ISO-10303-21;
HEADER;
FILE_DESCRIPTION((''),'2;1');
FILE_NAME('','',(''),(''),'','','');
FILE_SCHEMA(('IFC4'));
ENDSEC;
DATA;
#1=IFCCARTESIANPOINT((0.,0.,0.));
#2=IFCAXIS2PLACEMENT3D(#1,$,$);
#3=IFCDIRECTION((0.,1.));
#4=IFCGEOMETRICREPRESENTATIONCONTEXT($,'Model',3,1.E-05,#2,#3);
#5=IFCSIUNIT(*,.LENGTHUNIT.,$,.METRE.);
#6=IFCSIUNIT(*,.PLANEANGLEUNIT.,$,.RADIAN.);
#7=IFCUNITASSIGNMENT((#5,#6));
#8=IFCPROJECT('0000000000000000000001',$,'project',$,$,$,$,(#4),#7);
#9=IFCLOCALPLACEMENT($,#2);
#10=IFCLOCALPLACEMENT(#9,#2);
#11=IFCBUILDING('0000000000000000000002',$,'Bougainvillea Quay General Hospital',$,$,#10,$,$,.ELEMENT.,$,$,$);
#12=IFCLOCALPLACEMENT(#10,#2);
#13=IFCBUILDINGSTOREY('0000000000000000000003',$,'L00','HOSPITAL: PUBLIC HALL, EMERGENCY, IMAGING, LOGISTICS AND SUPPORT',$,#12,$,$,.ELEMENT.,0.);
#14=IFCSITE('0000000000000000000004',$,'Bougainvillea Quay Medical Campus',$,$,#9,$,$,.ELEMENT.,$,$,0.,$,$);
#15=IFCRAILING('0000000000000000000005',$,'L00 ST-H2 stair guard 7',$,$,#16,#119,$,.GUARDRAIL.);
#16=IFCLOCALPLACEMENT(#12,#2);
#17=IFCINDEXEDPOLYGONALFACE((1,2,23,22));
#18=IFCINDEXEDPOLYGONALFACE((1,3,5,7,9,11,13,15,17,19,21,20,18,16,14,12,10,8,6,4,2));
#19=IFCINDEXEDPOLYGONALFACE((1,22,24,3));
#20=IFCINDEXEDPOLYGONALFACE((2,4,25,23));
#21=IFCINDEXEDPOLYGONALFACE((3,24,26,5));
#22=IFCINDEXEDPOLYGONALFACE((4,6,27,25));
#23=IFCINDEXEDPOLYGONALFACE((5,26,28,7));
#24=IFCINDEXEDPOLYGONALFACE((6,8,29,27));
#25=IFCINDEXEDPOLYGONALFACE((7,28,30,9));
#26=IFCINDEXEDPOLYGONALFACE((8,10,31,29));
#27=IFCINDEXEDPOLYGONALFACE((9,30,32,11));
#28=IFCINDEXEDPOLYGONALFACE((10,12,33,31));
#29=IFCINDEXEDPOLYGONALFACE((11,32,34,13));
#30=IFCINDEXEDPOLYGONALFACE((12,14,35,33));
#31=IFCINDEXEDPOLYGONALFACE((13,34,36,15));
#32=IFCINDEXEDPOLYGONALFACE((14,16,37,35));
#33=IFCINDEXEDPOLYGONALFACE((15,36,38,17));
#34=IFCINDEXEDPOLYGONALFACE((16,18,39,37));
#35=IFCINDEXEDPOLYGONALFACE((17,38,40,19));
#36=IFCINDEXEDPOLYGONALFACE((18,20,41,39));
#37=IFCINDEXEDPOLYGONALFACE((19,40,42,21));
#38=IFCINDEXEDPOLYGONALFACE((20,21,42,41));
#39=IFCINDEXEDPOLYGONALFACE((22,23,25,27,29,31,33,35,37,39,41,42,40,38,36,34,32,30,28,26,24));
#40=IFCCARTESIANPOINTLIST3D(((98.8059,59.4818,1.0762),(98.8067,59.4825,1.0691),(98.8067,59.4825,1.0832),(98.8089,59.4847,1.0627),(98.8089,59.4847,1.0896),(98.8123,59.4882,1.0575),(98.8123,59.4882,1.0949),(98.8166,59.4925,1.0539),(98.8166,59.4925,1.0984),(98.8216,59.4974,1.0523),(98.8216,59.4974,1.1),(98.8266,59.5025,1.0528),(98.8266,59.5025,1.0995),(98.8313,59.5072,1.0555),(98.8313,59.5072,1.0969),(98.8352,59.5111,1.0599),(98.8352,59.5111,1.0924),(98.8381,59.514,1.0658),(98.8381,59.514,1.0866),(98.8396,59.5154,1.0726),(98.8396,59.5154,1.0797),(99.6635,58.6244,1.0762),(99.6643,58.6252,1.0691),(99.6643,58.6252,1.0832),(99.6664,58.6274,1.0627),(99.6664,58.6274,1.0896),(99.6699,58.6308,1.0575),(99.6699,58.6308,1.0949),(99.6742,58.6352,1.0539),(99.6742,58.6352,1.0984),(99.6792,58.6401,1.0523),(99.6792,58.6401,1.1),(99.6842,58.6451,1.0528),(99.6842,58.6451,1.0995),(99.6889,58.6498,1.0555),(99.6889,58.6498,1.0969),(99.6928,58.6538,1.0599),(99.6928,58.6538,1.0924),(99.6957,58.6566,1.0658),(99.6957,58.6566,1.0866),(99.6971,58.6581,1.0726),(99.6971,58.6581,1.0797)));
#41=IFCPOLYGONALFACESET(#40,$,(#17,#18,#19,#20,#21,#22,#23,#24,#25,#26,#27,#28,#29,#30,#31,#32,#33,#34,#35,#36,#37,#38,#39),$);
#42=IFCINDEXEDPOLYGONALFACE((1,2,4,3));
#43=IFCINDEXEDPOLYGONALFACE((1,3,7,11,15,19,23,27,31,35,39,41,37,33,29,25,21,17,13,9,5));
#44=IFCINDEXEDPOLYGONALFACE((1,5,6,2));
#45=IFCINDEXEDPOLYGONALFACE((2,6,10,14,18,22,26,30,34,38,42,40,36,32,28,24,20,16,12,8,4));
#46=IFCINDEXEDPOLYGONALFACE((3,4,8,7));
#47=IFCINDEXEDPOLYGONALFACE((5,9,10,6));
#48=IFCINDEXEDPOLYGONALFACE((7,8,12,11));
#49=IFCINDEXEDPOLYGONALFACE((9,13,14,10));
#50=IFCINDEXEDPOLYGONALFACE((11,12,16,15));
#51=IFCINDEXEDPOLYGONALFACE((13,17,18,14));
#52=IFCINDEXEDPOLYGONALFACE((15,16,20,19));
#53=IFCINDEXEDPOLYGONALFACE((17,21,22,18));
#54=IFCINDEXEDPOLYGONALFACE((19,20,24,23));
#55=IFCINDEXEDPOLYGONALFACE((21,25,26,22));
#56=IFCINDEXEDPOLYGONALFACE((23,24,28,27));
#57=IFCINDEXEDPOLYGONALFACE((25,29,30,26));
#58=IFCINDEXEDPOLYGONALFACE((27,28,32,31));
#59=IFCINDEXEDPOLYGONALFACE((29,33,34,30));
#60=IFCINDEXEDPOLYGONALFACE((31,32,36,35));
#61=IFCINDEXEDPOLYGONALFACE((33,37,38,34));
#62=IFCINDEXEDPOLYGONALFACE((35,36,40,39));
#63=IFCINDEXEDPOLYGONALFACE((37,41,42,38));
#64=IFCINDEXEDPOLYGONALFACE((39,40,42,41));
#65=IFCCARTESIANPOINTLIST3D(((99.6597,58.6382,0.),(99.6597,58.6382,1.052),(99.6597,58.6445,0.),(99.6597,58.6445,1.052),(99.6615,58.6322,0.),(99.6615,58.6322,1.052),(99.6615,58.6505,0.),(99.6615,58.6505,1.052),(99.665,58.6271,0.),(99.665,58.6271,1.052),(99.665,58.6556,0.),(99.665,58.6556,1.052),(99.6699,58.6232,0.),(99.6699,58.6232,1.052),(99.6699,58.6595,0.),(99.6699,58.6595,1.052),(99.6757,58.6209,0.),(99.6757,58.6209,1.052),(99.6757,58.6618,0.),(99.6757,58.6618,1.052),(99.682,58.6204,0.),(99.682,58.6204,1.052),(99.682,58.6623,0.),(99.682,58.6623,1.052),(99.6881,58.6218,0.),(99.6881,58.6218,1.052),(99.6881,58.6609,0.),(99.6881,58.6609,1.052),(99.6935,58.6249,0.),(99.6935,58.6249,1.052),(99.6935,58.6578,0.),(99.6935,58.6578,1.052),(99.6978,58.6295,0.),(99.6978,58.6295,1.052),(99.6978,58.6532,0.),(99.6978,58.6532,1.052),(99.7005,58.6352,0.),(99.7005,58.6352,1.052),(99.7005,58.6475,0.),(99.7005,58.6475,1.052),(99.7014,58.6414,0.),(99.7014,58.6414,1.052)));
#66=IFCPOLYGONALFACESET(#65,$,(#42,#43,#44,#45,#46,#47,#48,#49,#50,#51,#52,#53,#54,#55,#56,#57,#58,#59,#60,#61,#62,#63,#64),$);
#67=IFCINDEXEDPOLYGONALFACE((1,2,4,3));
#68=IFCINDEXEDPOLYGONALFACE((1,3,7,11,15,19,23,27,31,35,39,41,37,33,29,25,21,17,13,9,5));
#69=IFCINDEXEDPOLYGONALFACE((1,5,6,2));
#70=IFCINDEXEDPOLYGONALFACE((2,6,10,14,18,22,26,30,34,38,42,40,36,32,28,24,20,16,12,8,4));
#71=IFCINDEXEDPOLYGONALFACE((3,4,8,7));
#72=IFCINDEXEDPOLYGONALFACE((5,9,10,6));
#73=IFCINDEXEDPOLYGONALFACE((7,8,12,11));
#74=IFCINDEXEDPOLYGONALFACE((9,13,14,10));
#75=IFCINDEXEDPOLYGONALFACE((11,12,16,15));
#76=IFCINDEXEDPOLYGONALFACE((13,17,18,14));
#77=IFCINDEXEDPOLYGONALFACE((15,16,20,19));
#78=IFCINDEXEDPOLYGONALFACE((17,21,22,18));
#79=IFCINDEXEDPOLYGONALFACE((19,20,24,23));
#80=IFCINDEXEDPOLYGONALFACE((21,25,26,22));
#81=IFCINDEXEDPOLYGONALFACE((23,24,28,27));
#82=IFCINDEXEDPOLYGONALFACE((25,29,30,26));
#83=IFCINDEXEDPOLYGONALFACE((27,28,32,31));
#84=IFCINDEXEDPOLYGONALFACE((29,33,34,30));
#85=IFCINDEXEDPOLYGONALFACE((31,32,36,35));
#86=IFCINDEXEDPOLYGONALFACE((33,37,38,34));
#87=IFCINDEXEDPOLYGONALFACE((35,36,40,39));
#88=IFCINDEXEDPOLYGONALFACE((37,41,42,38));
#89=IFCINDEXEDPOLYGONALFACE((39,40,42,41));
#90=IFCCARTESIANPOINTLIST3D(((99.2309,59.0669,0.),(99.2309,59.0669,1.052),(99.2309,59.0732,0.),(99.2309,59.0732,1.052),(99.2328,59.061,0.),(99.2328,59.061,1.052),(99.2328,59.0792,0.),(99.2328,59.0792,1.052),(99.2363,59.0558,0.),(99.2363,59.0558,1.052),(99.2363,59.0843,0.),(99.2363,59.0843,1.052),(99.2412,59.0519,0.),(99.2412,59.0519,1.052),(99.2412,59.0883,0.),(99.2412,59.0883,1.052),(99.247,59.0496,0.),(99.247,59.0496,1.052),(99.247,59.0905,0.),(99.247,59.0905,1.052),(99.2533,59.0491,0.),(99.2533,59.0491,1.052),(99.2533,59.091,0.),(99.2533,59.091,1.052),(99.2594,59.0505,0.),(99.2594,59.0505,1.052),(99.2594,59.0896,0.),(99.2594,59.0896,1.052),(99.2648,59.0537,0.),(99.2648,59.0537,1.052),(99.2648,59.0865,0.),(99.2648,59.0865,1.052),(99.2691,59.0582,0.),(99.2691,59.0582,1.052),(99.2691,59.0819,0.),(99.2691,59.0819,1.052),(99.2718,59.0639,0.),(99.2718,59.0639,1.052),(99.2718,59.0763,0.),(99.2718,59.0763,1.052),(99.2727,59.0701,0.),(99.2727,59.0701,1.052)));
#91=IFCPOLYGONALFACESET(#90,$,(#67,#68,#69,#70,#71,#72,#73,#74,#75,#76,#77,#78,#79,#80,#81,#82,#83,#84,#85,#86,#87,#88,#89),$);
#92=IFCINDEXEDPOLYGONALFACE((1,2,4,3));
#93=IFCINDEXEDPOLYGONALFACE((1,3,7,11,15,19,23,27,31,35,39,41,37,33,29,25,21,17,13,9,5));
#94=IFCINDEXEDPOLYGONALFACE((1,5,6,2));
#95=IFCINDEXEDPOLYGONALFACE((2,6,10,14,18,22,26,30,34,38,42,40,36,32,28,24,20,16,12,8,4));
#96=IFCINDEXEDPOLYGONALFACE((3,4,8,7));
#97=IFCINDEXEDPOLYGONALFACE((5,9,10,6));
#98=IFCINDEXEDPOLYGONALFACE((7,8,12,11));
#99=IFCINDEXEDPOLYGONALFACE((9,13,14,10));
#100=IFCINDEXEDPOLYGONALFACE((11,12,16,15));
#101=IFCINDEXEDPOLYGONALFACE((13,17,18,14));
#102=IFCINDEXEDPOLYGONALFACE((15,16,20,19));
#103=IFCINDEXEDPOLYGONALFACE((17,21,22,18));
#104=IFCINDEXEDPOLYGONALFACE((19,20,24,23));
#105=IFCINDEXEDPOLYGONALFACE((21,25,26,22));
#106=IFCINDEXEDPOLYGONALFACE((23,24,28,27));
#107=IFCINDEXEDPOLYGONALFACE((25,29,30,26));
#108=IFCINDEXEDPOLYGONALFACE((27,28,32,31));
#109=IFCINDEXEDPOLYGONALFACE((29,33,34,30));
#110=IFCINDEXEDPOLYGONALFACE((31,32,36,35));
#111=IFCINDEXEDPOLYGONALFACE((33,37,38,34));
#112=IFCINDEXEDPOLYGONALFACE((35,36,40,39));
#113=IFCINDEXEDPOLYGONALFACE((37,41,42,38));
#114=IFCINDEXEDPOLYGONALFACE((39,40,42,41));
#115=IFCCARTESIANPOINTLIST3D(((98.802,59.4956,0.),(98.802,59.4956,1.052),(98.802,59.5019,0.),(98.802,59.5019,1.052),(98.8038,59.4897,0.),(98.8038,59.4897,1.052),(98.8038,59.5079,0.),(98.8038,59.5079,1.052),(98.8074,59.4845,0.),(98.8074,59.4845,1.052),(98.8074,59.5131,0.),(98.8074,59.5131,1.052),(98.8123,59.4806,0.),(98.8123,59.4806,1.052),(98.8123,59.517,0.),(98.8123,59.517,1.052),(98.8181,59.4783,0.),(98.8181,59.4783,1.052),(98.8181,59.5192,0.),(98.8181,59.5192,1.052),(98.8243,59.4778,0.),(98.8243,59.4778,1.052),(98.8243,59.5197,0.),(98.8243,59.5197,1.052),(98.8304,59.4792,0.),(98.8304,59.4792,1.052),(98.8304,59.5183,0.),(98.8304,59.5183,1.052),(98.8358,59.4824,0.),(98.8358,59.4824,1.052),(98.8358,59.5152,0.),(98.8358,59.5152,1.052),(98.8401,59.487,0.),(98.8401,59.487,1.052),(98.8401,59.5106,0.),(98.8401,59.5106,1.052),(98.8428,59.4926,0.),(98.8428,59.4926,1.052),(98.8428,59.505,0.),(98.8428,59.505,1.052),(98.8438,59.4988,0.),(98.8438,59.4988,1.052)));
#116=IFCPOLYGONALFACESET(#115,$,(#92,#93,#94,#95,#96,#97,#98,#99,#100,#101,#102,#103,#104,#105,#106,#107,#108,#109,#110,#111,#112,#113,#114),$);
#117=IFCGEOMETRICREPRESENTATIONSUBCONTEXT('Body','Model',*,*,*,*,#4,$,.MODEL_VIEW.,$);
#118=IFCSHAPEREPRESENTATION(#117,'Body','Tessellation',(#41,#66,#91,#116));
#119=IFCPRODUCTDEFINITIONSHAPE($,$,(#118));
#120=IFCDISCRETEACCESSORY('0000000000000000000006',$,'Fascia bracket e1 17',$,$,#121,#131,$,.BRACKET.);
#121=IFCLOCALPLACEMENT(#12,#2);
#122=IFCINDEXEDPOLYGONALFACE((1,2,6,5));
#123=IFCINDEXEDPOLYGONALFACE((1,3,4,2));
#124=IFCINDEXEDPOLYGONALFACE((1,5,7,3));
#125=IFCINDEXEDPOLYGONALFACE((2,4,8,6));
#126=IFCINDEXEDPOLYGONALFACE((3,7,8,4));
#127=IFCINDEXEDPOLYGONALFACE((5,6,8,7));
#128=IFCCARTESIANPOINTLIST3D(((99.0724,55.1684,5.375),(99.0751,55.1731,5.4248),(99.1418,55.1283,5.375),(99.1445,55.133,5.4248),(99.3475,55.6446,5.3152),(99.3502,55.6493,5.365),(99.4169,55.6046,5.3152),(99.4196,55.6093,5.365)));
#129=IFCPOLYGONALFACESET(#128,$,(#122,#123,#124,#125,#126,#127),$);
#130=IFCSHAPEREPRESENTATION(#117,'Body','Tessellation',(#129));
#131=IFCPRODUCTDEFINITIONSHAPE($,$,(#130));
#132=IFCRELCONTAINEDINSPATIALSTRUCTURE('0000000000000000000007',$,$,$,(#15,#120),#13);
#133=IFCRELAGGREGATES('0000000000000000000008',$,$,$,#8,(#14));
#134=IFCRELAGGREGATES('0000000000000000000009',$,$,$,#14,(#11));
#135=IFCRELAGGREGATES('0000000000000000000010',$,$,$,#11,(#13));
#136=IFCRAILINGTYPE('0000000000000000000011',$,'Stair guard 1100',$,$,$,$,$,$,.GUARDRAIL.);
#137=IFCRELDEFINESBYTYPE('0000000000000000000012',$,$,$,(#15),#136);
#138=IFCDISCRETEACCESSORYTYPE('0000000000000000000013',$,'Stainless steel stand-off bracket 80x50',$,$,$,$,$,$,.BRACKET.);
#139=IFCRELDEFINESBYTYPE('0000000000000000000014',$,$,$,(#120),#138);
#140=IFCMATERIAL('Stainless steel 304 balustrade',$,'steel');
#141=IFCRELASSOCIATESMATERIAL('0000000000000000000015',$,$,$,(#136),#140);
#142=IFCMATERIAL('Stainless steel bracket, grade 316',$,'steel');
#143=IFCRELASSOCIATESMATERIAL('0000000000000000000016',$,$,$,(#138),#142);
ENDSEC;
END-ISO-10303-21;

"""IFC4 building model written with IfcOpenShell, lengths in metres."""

from ifc_helpers import new_model, si_unit, direction, frame, origin, origin_2d, place, context, subcontext, project, spatial, rectangle, circle, extrude, material, material_profile, profile_set, type_object, element, save


model = new_model("IFC4")

# Units and contexts
model_context = context("Model", 3, precision=1e-05, world=origin(), true_north=direction((0.0, 1.0)))
body_context = subcontext(model_context, "Body", "Model", "MODEL_VIEW")
ifc_project = project(units=[si_unit("LENGTHUNIT", "METRE"), si_unit("PLANEANGLEUNIT", "RADIAN")], contexts=[model_context])

# Site, building, storey
site_placement = place(None, origin())
site = spatial("IfcSite", under=ifc_project, at=site_placement, Name="Bougainvillea Quay Medical Campus", CompositionType="ELEMENT", RefElevation=0.0)
building_placement = place(site_placement, origin())
building = spatial("IfcBuilding", under=site, at=building_placement, Name="Bougainvillea Quay General Hospital", CompositionType="ELEMENT")
storey_placement = place(building_placement, origin())
storey = spatial("IfcBuildingStorey", under=building, at=storey_placement, Name="L00", Description="HOSPITAL: PUBLIC HALL, EMERGENCY, IMAGING, LOGISTICS AND SUPPORT", CompositionType="ELEMENT", Elevation=0.0)

# Railing
ifc_material_1 = material(Name="Stainless steel 304 balustrade", Category="steel")
railing_type = type_object("IfcRailingType", Name="Stair guard 1100", PredefinedType="GUARDRAIL", material=ifc_material_1)
railing_placement = place(storey_placement, frame((99.6804, 58.6414, 0.0)))
element("IfcRailing", 1, at=railing_placement, inside=storey, type_object=railing_type, Name="L00 ST-H2 stair guard 7", PredefinedType="GUARDRAIL", context=body_context, shape_type="SweptSolid", body=[
    extrude(circle(Radius=0.0239, at=origin_2d()), frame((0.0, 0.0, 1.0762), z_axis=(-0.707207, 0.707006, 0.0), x_axis=(-0.707006, -0.707207, 0.0)), (0.0, 0.0, 1.0), 1.2126),
    extrude(circle(Radius=0.021, at=origin_2d()), origin(), (0.0, 0.0, 1.0), 1.052),
    extrude(circle(Radius=0.021, at=origin_2d()), frame((-0.4287, 0.4287, 0.0)), (0.0, 0.0, 1.0), 1.052),
    extrude(circle(Radius=0.021, at=origin_2d()), frame((-0.8577, 0.8574, 0.0)), (0.0, 0.0, 1.0), 1.052),
])

# Discrete accessory
ifc_material_2 = material(Name="Stainless steel bracket, grade 316", Category="steel")
ifc_material_profile_1 = material_profile(ifc_material_2, rectangle(XDim=0.0801, YDim=0.05, at=origin_2d()))
ifc_profile_set_1 = profile_set([ifc_material_profile_1], Name="Stainless steel bracket, grade 316")
discrete_accessory_type = type_object("IfcDiscreteAccessoryType", Name="Stainless steel stand-off bracket 80x50", PredefinedType="BRACKET", material=ifc_profile_set_1)
discrete_accessory_placement = place(storey_placement, frame((99.3835, 55.627, 5.3401), z_axis=(-0.497265, -0.860838, 0.108101), x_axis=(0.865912, -0.500196, 0.0)))
element("IfcDiscreteAccessory", 2, at=discrete_accessory_placement, inside=storey, type_object=discrete_accessory_type, Name="Fascia bracket e1 17", PredefinedType="BRACKET", context=body_context, shape_type="SweptSolid", body=[
    extrude(rectangle(XDim=0.0801, YDim=0.05, at=origin_2d()), origin(), (0.0, 0.0, 1.0), 0.5532),
])

save(model, "model.ifc")
